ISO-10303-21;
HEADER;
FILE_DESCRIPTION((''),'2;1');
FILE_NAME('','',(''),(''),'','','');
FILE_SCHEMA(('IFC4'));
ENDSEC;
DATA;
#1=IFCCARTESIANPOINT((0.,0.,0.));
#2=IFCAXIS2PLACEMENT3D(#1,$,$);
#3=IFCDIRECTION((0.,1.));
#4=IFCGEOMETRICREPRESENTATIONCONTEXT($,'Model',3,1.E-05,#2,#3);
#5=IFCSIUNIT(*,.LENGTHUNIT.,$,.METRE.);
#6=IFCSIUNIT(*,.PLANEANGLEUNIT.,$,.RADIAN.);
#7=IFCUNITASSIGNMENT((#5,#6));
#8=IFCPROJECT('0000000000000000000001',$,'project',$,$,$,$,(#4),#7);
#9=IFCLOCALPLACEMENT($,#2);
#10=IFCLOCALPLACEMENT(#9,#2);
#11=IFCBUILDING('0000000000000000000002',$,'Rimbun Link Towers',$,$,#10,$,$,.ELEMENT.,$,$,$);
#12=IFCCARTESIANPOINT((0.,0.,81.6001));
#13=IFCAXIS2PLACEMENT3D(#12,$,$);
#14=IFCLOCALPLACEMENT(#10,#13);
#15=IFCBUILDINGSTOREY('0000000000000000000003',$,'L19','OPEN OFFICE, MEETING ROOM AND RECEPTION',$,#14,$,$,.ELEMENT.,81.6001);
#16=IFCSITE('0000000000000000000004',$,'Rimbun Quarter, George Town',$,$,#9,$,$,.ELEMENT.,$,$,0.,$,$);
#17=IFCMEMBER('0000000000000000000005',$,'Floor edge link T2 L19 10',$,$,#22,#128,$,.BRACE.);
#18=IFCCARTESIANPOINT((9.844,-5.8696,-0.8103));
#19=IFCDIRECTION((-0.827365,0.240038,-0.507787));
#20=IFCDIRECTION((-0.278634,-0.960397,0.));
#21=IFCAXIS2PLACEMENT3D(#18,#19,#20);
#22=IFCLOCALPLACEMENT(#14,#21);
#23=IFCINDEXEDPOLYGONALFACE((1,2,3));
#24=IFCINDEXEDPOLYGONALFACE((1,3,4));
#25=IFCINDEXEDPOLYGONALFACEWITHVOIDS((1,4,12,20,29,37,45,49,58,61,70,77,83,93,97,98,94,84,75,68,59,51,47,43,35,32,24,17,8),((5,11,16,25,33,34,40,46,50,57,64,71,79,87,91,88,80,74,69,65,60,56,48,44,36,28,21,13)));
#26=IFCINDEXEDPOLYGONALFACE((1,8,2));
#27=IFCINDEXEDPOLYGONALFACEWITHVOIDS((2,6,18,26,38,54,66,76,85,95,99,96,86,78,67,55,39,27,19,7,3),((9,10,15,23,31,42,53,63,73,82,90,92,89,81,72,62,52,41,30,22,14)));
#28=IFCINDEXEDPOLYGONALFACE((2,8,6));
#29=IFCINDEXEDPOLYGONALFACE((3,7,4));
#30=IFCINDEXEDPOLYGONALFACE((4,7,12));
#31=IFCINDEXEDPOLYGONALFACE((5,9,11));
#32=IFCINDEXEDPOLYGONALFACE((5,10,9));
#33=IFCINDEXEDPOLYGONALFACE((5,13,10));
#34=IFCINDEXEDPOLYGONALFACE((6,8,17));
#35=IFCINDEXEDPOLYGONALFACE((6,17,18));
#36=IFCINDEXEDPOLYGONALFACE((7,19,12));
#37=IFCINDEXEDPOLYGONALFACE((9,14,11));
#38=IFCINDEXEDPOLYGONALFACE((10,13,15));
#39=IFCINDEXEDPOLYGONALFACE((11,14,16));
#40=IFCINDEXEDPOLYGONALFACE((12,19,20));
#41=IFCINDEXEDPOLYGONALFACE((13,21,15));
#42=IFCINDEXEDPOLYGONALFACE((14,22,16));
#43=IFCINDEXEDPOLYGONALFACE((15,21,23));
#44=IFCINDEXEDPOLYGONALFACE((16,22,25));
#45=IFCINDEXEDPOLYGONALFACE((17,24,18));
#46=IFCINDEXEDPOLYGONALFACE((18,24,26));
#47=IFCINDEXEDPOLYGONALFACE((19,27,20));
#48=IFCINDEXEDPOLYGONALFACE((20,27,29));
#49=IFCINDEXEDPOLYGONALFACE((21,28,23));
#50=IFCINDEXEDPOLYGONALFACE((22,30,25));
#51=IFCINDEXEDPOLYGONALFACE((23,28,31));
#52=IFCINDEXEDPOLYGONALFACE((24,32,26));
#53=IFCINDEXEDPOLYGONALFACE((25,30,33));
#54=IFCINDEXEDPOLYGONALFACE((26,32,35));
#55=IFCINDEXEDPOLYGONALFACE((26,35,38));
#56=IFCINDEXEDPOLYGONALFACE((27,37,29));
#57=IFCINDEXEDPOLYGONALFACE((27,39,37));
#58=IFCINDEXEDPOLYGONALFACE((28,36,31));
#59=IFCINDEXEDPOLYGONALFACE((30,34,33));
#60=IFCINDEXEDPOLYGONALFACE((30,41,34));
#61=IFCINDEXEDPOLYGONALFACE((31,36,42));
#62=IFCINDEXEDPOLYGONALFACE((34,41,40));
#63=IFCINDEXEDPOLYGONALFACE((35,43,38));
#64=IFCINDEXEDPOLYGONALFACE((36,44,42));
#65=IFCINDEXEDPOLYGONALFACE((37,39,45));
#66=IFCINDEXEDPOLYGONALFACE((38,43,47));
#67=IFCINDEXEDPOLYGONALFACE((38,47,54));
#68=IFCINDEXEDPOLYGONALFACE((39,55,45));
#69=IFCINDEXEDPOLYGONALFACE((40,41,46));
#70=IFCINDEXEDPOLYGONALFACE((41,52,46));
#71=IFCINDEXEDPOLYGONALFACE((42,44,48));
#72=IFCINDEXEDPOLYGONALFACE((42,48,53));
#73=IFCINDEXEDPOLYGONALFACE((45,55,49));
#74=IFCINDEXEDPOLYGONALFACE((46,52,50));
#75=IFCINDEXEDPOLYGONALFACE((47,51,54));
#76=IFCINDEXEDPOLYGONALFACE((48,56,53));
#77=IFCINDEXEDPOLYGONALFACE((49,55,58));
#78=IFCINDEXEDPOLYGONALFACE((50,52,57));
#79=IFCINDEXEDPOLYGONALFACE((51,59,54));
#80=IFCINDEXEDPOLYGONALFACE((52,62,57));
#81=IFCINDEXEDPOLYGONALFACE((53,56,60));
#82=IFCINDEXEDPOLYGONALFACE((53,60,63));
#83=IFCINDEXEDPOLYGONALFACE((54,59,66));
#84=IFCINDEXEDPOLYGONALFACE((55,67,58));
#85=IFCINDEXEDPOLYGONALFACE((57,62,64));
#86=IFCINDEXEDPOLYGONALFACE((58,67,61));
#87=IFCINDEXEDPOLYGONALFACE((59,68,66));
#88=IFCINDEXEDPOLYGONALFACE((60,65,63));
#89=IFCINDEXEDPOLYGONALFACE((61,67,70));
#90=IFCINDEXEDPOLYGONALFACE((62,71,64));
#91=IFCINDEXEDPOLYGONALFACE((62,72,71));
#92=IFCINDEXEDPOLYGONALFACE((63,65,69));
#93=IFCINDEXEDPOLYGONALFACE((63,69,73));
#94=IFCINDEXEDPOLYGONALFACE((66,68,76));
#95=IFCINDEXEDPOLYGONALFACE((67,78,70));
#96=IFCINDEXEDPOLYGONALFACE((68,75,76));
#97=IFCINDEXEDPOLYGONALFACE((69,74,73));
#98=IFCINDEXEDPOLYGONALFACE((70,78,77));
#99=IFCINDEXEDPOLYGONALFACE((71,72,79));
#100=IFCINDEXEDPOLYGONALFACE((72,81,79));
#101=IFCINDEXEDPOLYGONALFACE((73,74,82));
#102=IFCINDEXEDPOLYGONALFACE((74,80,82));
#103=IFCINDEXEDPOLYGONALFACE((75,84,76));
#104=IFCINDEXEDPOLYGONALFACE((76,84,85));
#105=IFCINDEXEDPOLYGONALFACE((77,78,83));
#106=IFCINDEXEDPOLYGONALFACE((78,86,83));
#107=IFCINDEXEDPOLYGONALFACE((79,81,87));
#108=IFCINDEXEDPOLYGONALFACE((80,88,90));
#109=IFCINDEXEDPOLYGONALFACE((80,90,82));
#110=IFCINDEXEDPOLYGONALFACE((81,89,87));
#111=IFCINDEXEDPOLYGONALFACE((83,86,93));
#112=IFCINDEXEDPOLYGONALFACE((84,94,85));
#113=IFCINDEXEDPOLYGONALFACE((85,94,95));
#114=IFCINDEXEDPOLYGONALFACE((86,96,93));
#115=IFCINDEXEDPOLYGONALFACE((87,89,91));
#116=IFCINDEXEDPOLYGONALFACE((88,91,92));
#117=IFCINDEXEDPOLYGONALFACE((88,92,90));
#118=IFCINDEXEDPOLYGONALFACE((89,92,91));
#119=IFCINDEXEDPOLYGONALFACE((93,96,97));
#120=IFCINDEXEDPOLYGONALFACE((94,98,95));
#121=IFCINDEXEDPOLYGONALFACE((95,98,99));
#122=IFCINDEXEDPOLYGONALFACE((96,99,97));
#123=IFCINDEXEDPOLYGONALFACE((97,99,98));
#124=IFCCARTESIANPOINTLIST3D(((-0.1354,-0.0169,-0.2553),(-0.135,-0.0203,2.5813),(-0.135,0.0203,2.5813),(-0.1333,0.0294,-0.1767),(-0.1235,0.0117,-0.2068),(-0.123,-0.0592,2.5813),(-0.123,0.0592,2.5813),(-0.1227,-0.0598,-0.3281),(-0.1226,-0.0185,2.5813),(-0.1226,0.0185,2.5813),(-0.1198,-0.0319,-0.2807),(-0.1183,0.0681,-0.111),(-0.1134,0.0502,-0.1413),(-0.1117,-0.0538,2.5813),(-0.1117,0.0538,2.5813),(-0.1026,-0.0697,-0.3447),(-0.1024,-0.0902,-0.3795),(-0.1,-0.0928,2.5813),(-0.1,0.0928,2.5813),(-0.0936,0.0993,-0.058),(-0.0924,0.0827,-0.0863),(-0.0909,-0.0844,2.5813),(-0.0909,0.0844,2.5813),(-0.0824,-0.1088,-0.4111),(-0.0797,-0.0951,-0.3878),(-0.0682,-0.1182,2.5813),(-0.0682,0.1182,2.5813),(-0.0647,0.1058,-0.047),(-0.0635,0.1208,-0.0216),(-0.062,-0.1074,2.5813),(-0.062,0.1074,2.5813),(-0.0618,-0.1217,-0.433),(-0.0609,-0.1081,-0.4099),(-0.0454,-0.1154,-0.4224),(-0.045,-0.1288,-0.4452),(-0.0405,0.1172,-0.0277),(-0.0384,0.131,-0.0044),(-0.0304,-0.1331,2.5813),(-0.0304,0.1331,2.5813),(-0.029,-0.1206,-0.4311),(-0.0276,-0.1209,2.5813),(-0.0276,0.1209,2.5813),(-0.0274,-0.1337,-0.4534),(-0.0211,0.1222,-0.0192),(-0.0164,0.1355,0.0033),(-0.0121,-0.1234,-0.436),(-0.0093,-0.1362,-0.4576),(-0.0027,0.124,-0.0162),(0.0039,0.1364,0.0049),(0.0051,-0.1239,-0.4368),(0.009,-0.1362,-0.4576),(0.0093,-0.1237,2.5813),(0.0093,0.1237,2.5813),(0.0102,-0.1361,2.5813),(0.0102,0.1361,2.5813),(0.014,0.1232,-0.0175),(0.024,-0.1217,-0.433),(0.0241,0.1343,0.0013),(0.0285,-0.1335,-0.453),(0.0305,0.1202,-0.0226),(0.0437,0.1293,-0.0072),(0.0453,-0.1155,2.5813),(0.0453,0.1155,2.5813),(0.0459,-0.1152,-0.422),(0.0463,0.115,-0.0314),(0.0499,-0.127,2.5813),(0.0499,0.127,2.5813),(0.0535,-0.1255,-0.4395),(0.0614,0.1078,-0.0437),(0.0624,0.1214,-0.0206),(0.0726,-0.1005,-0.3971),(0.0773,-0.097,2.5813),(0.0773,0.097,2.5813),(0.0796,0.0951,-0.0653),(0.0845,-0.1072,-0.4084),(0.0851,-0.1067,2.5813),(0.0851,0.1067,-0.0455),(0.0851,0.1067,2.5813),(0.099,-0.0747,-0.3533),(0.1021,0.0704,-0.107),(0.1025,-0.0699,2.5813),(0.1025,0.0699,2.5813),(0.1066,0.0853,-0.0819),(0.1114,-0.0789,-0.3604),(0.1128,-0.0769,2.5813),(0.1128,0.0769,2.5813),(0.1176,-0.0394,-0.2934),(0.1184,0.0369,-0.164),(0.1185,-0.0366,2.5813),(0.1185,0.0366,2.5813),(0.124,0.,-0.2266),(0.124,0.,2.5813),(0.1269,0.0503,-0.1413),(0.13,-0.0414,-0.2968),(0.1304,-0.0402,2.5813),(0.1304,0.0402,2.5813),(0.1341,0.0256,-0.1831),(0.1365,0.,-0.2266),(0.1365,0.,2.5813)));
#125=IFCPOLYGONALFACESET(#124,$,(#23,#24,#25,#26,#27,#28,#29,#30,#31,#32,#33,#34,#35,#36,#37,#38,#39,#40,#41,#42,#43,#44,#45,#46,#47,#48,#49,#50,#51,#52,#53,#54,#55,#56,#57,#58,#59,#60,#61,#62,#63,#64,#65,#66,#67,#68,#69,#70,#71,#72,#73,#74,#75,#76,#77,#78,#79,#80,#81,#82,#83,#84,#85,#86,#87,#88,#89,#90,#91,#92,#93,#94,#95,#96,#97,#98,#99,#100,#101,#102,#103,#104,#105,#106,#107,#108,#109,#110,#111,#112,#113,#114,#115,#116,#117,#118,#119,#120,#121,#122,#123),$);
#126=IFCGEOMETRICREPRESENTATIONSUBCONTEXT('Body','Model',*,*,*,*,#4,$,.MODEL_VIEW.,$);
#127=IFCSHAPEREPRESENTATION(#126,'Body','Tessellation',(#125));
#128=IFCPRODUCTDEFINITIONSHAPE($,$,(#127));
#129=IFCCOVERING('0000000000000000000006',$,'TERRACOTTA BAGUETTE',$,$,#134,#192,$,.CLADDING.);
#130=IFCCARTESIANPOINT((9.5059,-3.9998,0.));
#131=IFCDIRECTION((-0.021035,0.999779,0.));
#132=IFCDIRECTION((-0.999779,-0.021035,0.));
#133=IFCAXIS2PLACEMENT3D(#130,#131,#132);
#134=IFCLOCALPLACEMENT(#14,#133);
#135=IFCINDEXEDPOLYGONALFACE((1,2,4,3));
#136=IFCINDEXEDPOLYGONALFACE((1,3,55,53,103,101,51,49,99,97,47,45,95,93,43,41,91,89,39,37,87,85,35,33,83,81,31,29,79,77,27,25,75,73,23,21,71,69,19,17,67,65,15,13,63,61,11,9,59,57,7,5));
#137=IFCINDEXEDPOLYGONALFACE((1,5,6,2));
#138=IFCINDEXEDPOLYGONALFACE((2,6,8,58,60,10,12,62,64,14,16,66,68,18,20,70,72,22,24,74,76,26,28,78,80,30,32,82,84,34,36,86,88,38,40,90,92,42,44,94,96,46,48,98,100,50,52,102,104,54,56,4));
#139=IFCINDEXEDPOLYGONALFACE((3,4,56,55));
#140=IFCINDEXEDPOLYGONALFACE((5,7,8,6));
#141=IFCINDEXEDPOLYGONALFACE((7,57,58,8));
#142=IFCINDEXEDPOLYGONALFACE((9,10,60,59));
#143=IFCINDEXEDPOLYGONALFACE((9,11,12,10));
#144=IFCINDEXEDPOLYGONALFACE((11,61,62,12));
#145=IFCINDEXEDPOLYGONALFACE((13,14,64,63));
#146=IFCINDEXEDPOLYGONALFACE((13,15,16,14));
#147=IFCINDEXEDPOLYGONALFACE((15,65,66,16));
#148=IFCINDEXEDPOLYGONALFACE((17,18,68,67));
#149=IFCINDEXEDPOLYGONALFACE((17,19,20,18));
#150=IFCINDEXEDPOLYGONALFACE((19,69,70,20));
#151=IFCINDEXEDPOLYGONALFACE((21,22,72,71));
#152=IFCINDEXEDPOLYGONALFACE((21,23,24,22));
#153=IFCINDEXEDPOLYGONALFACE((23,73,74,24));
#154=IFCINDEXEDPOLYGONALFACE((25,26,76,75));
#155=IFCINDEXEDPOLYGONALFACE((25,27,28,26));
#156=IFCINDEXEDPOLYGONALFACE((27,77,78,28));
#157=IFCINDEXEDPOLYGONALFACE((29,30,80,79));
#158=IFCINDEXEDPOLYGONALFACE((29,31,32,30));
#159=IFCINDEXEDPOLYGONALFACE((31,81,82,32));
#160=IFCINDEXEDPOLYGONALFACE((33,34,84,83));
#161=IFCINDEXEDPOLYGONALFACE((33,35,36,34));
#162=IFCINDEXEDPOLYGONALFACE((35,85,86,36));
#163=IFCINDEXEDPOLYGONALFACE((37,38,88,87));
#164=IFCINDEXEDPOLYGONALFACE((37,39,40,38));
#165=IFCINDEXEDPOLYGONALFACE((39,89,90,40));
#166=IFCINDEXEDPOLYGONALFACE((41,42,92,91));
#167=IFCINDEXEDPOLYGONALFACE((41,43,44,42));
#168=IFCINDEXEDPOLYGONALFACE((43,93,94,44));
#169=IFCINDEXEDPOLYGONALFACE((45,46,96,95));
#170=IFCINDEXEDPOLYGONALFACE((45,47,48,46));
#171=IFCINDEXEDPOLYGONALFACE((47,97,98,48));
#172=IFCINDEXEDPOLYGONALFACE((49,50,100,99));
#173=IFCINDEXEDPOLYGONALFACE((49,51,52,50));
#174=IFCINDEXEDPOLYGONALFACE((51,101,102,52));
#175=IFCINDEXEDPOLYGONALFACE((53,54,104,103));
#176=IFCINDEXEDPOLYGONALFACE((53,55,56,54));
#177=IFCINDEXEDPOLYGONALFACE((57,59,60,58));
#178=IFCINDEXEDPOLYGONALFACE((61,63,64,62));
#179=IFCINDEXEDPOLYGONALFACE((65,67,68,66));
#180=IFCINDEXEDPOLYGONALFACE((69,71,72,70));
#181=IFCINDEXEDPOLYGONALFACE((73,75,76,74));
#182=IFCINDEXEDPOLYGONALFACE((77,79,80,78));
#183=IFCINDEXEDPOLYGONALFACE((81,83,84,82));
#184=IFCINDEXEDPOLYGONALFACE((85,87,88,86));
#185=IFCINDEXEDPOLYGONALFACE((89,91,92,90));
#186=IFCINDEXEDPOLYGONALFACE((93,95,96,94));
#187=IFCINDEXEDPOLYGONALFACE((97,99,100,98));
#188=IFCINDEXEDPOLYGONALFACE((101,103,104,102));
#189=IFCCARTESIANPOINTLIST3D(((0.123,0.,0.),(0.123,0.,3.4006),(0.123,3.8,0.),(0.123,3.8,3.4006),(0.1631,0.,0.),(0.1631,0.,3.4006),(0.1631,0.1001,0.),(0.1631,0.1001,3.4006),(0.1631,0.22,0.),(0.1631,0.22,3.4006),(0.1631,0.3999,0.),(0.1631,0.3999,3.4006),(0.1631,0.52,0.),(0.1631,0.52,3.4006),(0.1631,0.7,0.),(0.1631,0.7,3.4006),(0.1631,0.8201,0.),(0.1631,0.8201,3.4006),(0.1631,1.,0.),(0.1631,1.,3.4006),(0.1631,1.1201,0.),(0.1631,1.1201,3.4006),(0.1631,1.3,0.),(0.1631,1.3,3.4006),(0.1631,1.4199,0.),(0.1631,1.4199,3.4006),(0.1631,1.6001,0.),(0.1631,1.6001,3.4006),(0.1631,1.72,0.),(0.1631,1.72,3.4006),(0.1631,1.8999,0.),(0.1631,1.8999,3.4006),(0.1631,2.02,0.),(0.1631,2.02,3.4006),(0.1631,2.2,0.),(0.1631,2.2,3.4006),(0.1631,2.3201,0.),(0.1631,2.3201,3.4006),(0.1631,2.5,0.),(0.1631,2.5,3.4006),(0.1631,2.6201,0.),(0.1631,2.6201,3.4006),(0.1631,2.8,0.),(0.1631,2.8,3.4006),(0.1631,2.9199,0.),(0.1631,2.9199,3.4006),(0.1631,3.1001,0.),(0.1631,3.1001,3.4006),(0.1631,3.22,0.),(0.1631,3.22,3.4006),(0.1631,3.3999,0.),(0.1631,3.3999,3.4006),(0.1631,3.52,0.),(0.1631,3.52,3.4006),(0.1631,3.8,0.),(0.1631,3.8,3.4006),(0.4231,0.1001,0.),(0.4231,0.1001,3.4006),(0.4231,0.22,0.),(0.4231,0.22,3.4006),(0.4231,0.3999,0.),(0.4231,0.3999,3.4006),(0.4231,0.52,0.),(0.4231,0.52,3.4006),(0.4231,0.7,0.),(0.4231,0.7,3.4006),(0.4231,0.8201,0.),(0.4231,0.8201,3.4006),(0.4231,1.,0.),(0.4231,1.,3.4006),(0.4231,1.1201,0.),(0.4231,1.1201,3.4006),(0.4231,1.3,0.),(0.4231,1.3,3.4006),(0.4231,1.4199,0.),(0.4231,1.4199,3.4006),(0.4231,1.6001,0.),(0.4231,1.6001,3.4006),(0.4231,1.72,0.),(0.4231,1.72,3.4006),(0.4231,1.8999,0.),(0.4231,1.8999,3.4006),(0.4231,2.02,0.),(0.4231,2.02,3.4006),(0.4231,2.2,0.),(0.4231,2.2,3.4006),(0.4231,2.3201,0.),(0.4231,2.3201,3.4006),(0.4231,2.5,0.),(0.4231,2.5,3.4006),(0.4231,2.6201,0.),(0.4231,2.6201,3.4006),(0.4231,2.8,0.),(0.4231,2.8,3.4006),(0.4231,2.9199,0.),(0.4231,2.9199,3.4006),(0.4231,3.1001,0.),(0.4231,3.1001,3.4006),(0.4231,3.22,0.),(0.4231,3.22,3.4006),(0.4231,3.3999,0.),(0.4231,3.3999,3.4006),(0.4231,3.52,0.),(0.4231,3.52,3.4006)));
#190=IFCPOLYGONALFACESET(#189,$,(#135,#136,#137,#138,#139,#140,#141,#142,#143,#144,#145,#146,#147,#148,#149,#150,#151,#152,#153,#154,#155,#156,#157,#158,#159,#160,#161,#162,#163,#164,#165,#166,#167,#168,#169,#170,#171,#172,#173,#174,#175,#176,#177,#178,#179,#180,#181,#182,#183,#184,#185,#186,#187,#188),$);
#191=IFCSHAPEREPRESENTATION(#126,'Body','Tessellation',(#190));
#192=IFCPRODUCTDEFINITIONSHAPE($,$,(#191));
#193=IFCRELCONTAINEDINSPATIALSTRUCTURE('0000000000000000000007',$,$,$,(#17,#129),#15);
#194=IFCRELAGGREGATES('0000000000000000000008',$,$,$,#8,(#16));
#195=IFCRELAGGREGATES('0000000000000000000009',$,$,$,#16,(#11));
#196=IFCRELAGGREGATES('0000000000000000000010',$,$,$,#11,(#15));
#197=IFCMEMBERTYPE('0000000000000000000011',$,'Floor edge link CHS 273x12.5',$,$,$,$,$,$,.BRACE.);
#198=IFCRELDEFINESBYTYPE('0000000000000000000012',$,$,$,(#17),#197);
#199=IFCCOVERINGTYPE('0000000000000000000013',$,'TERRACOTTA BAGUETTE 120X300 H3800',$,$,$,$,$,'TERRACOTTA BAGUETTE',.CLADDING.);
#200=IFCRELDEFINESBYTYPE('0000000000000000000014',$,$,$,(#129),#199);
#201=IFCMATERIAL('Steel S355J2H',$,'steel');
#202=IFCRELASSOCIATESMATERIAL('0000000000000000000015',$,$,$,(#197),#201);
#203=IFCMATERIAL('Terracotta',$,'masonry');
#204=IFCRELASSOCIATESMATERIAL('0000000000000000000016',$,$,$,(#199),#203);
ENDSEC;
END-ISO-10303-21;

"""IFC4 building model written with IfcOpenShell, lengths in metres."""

from ifc_helpers import new_model, si_unit, direction, frame, origin, origin_2d, place, context, subcontext, project, spatial, polyline, hollow_circle, outline, extrude, clip, halfspace, material, material_profile, profile_set, type_object, element, save


model = new_model("IFC4")

# Units and contexts
model_context = context("Model", 3, precision=1e-05, world=origin(), true_north=direction((0.0, 1.0)))
body_context = subcontext(model_context, "Body", "Model", "MODEL_VIEW")
ifc_project = project(units=[si_unit("LENGTHUNIT", "METRE"), si_unit("PLANEANGLEUNIT", "RADIAN")], contexts=[model_context])

# Site, building, storey
site_placement = place(None, origin())
site = spatial("IfcSite", under=ifc_project, at=site_placement, Name="Rimbun Quarter, George Town", CompositionType="ELEMENT", RefElevation=0.0)
building_placement = place(site_placement, origin())
building = spatial("IfcBuilding", under=site, at=building_placement, Name="Rimbun Link Towers", CompositionType="ELEMENT")
storey_placement = place(building_placement, frame((0.0, 0.0, 81.6001)))
storey = spatial("IfcBuildingStorey", under=building, at=storey_placement, Name="L19", Description="OPEN OFFICE, MEETING ROOM AND RECEPTION", CompositionType="ELEMENT", Elevation=81.6001)

# Member
ifc_material_1 = material(Name="Steel S355J2H", Category="steel")
ifc_material_profile_1 = material_profile(ifc_material_1, hollow_circle(Radius=0.1365, WallThickness=0.0125, at=origin_2d()), Name="CHS 273x12.5")
ifc_profile_set_1 = profile_set([ifc_material_profile_1], Name="Steel S355J2H")
member_type_1 = type_object("IfcMemberType", Name="Floor edge link CHS 273x12.5", PredefinedType="BRACE", material=ifc_profile_set_1)
member_1_placement = place(storey_placement, frame((9.844, -5.8696, -0.8103), z_axis=(-0.827365, 0.240038, -0.507787), x_axis=(-0.278634, -0.960397, 0.0)))
element("IfcMember", 1, at=member_1_placement, inside=storey, type_object=member_type_1, Name="Floor edge link T2 L19 10", PredefinedType="BRACE", context=body_context, shape_type="Clipping", body=[
    clip(extrude(hollow_circle(Radius=0.1365, WallThickness=0.0125, at=origin_2d()), frame((0.0, 0.0, -0.4829)), (0.0, 0.0, 1.0), 3.0642), halfspace(frame((0.0, 0.0, -0.2266), z_axis=(0.0, 0.861482, -0.507787)), False)),
])

# Covering
ifc_material_2 = material(Name="Terracotta", Category="masonry")
ifc_material_profile_2 = material_profile(ifc_material_2, outline(polyline([(0.123, 0.0), (0.1631, 0.0), (0.1631, 0.1001), (0.4231, 0.1001), (0.4231, 0.22), (0.1631, 0.22), (0.1631, 0.3999), (0.4231, 0.3999), (0.4231, 0.52), (0.1631, 0.52), (0.1631, 0.7), (0.4231, 0.7), (0.4231, 0.8201), (0.1631, 0.8201), (0.1631, 1.0), (0.4231, 1.0), (0.4231, 1.1201), (0.1631, 1.1201), (0.1631, 1.3), (0.4231, 1.3), (0.4231, 1.4199), (0.1631, 1.4199), (0.1631, 1.6001), (0.4231, 1.6001), (0.4231, 1.72), (0.1631, 1.72), (0.1631, 1.8999), (0.4231, 1.8999), (0.4231, 2.02), (0.1631, 2.02), (0.1631, 2.2), (0.4231, 2.2), (0.4231, 2.3201), (0.1631, 2.3201), (0.1631, 2.5), (0.4231, 2.5), (0.4231, 2.6201), (0.1631, 2.6201), (0.1631, 2.8), (0.4231, 2.8), (0.4231, 2.9199), (0.1631, 2.9199), (0.1631, 3.1001), (0.4231, 3.1001), (0.4231, 3.22), (0.1631, 3.22), (0.1631, 3.3999), (0.4231, 3.3999), (0.4231, 3.52), (0.1631, 3.52), (0.1631, 3.8), (0.123, 3.8), (0.123, 0.0)])), Name="BAGUETTE 120X300")
ifc_profile_set_2 = profile_set([ifc_material_profile_2], Name="Terracotta")
covering_type_1 = type_object("IfcCoveringType", Name="TERRACOTTA BAGUETTE 120X300 H3800", ElementType="TERRACOTTA BAGUETTE", PredefinedType="CLADDING", material=ifc_profile_set_2)
covering_1_placement = place(storey_placement, frame((9.5059, -3.9998, 0.0), z_axis=(-0.021035, 0.999779, 0.0), x_axis=(-0.999779, -0.021035, 0.0)))
element("IfcCovering", 2, at=covering_1_placement, inside=storey, type_object=covering_type_1, Name="TERRACOTTA BAGUETTE", PredefinedType="CLADDING", context=body_context, shape_type="SweptSolid", body=[
    extrude(outline(polyline([(0.123, 0.0), (0.1631, 0.0), (0.1631, 0.1001), (0.4231, 0.1001), (0.4231, 0.22), (0.1631, 0.22), (0.1631, 0.3999), (0.4231, 0.3999), (0.4231, 0.52), (0.1631, 0.52), (0.1631, 0.7), (0.4231, 0.7), (0.4231, 0.8201), (0.1631, 0.8201), (0.1631, 1.0), (0.4231, 1.0), (0.4231, 1.1201), (0.1631, 1.1201), (0.1631, 1.3), (0.4231, 1.3), (0.4231, 1.4199), (0.1631, 1.4199), (0.1631, 1.6001), (0.4231, 1.6001), (0.4231, 1.72), (0.1631, 1.72), (0.1631, 1.8999), (0.4231, 1.8999), (0.4231, 2.02), (0.1631, 2.02), (0.1631, 2.2), (0.4231, 2.2), (0.4231, 2.3201), (0.1631, 2.3201), (0.1631, 2.5), (0.4231, 2.5), (0.4231, 2.6201), (0.1631, 2.6201), (0.1631, 2.8), (0.4231, 2.8), (0.4231, 2.9199), (0.1631, 2.9199), (0.1631, 3.1001), (0.4231, 3.1001), (0.4231, 3.22), (0.1631, 3.22), (0.1631, 3.3999), (0.4231, 3.3999), (0.4231, 3.52), (0.1631, 3.52), (0.1631, 3.8), (0.123, 3.8), (0.123, 0.0)])), origin(), (0.0, 0.0, 1.0), 3.4006),
])

save(model, "model.ifc")
